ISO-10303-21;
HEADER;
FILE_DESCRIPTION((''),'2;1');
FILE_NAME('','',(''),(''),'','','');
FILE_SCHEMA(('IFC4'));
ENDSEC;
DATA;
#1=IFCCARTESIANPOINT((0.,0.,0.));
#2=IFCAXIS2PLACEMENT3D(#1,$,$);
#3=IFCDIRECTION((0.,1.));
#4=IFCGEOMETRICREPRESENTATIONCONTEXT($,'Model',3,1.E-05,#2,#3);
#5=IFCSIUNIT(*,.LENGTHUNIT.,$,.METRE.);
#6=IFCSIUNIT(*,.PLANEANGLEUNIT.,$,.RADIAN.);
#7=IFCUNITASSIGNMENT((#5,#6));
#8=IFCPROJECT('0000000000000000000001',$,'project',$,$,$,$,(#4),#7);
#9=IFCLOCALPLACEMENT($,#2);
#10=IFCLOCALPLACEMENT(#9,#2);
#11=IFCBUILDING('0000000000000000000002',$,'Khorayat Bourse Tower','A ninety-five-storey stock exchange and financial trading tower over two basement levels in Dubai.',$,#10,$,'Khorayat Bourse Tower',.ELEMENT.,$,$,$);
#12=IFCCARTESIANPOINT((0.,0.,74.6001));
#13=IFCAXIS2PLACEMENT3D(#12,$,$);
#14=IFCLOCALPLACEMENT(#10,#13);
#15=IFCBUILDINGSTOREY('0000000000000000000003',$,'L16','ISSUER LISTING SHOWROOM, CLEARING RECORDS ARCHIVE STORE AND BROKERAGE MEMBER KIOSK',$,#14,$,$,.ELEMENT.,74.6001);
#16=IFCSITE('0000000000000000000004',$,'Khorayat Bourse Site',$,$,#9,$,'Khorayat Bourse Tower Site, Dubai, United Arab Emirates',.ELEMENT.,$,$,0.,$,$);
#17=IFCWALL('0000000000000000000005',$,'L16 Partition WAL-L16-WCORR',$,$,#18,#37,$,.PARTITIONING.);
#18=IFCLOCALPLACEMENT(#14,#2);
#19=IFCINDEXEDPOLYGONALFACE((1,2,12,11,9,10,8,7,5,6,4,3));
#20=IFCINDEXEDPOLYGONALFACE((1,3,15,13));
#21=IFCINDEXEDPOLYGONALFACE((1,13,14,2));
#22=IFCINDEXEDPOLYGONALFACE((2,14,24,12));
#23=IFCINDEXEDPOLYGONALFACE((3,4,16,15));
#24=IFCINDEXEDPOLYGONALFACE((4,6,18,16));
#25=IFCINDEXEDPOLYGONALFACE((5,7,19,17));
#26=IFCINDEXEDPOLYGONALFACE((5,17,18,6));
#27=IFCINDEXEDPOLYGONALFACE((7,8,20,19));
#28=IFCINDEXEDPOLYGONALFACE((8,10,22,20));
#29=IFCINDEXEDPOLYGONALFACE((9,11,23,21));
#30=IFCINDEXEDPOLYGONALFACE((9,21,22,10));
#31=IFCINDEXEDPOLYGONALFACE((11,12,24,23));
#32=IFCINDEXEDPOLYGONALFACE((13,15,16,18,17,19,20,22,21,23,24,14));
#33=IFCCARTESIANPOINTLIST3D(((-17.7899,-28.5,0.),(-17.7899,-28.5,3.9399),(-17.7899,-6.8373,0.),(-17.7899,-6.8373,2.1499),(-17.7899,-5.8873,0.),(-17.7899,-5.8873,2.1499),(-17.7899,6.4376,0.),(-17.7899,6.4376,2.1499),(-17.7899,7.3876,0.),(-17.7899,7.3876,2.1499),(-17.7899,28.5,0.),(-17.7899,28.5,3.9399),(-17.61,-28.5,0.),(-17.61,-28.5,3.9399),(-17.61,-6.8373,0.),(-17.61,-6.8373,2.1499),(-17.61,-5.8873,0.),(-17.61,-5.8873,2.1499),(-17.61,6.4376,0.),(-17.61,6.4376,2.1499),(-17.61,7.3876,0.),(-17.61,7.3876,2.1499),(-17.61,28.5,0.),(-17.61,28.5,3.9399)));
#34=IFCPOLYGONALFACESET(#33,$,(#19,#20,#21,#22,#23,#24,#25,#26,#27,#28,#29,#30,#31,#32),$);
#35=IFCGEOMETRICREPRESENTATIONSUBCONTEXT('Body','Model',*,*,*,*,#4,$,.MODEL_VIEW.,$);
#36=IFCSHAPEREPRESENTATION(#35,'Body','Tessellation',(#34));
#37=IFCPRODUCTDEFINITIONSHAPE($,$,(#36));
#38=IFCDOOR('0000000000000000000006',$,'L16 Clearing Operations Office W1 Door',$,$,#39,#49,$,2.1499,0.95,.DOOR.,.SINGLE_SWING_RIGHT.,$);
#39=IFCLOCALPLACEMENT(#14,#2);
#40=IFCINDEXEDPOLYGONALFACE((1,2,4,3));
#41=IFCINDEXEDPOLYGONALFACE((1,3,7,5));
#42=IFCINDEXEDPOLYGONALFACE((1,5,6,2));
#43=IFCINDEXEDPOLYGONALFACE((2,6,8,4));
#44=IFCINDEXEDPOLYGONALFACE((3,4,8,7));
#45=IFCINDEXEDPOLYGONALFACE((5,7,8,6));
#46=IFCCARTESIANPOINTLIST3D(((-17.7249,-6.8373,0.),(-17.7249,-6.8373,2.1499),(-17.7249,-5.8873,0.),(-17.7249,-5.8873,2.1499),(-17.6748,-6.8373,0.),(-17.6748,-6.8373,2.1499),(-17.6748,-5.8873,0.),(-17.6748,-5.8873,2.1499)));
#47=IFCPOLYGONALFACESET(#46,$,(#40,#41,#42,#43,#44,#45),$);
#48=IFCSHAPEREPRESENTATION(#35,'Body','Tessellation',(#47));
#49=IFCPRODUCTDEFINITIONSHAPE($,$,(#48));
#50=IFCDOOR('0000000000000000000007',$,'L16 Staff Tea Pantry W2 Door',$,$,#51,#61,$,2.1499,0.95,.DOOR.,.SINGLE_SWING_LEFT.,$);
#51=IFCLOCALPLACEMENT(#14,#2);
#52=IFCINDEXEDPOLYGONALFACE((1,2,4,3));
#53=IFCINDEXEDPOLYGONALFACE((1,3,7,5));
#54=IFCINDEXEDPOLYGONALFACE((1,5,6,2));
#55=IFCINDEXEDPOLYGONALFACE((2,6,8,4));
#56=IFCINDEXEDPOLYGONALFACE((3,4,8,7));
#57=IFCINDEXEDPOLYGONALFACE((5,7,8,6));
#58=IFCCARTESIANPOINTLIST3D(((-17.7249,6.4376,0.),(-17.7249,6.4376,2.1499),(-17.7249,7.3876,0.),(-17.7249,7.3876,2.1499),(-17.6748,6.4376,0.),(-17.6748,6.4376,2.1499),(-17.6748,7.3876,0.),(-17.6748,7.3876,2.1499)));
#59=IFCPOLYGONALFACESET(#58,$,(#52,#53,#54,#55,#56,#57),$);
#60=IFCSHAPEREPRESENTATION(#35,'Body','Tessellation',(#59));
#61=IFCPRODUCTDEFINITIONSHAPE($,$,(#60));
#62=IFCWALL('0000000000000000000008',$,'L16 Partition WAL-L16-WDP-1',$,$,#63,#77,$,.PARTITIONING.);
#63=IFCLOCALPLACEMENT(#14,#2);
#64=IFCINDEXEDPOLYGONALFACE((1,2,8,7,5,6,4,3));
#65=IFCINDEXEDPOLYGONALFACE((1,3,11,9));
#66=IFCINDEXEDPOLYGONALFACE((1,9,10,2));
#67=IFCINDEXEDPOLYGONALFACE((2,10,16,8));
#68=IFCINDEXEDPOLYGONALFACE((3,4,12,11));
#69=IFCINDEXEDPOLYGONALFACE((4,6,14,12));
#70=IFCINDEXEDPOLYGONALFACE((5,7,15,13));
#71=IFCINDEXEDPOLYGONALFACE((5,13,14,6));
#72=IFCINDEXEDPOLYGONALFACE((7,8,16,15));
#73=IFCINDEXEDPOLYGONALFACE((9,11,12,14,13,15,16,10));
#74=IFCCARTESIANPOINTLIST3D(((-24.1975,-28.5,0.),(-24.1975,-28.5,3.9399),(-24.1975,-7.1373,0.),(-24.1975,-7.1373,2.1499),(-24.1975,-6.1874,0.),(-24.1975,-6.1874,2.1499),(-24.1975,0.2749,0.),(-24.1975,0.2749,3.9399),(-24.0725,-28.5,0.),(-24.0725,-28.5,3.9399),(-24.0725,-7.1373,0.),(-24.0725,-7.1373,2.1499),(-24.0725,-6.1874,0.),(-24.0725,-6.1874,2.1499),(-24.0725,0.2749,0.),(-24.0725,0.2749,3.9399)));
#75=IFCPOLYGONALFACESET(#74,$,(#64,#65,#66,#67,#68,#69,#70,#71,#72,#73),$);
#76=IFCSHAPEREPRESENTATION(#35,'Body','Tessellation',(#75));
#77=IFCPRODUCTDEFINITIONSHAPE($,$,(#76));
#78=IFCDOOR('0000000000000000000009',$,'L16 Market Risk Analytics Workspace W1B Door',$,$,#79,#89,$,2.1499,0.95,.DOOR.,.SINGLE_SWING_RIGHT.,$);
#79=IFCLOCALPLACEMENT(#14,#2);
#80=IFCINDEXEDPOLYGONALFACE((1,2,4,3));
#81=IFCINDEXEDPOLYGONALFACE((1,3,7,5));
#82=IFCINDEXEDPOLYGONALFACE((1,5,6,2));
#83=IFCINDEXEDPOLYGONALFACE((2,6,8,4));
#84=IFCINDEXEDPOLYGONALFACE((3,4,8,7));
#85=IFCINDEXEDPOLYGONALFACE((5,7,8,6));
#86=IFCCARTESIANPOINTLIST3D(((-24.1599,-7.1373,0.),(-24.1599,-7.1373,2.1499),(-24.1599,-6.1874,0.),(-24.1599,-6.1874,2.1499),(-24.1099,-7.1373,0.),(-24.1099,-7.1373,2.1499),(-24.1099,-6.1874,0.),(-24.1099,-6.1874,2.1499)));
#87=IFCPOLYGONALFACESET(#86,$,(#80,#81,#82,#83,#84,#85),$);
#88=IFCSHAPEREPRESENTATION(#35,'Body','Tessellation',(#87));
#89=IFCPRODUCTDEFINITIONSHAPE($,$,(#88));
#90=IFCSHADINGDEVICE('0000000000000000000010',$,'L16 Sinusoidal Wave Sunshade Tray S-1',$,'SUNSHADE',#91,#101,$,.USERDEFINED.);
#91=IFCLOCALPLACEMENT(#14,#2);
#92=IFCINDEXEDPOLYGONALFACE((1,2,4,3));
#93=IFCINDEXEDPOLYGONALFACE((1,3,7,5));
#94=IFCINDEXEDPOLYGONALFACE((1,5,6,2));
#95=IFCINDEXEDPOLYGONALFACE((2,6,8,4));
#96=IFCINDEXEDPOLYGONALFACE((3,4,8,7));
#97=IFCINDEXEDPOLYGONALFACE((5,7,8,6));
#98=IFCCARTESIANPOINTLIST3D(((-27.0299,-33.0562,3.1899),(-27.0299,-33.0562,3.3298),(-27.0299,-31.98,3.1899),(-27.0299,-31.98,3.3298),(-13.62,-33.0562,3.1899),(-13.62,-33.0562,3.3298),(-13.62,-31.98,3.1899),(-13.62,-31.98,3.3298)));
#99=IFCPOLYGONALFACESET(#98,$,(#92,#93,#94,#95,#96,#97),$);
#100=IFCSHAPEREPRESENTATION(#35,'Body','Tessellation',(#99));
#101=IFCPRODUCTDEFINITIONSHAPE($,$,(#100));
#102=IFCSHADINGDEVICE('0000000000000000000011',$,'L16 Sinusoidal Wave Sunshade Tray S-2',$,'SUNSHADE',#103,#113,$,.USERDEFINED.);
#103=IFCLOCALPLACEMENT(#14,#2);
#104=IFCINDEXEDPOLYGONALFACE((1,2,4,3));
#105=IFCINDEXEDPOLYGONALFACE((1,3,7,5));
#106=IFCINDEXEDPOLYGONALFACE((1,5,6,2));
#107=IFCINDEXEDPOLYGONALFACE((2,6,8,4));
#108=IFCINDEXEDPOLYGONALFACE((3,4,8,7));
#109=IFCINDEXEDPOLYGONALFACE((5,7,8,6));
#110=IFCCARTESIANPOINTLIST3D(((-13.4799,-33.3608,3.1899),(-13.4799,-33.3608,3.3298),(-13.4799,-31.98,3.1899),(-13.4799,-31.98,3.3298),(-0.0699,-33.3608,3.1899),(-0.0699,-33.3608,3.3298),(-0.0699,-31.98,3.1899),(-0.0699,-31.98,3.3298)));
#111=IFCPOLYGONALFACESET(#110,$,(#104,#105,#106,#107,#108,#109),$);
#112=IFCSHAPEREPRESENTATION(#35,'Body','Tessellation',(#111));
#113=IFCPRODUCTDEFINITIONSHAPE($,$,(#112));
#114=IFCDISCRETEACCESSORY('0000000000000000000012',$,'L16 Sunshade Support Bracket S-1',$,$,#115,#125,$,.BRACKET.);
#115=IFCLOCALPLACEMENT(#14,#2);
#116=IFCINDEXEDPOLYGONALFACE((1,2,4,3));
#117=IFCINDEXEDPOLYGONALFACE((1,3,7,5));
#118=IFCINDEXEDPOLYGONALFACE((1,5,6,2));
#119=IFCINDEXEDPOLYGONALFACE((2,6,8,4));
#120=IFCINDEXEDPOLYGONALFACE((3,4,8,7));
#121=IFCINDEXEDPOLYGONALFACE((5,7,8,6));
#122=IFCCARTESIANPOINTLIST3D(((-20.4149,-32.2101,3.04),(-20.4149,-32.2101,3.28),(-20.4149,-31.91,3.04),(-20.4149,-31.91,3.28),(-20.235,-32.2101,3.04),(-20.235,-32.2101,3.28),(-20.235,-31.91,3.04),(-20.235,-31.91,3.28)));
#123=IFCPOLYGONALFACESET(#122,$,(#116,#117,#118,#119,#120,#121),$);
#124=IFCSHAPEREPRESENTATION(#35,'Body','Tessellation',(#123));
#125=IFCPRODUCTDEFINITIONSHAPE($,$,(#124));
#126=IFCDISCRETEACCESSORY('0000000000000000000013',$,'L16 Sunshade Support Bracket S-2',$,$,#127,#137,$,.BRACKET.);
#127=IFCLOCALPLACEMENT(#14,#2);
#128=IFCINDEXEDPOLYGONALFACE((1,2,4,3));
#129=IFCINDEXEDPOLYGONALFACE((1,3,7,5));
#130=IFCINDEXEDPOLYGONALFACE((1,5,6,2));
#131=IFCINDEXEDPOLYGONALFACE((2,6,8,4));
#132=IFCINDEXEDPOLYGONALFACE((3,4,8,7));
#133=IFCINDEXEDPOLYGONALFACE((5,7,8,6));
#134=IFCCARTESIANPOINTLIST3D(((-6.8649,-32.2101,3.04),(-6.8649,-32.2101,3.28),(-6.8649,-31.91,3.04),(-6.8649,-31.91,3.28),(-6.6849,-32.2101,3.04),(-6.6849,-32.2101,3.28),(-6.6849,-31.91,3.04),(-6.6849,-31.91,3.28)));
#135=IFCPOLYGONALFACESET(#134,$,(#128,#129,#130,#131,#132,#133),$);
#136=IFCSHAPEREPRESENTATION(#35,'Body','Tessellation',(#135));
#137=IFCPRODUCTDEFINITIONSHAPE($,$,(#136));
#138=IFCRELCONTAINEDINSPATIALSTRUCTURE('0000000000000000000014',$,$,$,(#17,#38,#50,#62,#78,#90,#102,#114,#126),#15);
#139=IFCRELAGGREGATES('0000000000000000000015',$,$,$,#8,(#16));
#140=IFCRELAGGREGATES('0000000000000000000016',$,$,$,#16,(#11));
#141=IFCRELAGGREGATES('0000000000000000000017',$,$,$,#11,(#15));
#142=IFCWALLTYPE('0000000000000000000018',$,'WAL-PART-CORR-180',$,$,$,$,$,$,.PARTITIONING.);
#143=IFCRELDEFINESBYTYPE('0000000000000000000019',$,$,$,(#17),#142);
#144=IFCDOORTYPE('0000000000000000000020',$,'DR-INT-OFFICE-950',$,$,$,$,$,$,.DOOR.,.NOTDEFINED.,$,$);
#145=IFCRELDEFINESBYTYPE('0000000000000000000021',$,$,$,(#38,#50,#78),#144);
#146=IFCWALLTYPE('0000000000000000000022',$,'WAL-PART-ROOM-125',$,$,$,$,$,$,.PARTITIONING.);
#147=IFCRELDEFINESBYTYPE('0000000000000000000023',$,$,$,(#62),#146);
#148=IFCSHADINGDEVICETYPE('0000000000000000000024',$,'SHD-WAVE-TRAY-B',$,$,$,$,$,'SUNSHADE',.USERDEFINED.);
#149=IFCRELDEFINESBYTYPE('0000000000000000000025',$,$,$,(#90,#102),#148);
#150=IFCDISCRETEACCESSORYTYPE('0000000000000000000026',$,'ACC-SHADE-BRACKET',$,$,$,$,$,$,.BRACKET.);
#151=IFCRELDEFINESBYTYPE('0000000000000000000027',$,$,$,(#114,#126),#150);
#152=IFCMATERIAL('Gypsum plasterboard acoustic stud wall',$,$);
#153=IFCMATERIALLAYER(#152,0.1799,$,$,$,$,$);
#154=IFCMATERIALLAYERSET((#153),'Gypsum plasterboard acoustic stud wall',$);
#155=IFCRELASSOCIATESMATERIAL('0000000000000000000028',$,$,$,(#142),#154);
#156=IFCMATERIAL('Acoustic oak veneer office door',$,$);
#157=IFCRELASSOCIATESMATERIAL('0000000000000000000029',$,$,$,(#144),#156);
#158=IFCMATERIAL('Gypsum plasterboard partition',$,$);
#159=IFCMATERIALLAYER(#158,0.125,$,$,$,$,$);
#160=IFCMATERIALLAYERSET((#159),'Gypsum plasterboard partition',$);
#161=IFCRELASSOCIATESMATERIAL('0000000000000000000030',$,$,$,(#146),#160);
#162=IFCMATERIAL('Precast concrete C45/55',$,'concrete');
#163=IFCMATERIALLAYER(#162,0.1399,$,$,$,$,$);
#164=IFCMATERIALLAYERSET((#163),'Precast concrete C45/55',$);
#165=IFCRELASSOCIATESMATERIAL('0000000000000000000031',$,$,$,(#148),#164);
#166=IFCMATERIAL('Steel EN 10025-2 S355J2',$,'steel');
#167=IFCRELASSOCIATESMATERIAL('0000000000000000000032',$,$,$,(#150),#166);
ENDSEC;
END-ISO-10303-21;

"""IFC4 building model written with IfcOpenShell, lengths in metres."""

from ifc_helpers import new_model, si_unit, direction, frame, frame_2d, origin, origin_2d, place, context, subcontext, project, spatial, rectangle, extrude, source, transform, mapped, material, layer, layer_set, type_object, element, fill, save


model = new_model("IFC4")

# Units and contexts
model_context = context("Model", 3, precision=1e-05, world=origin(), true_north=direction((0.0, 1.0)))
body_context = subcontext(model_context, "Body", "Model", "MODEL_VIEW")
ifc_project = project(units=[si_unit("LENGTHUNIT", "METRE"), si_unit("PLANEANGLEUNIT", "RADIAN")], contexts=[model_context])

# Site, building, storey
site_placement = place(None, origin())
site = spatial("IfcSite", under=ifc_project, at=site_placement, Name="Khorayat Bourse Site", LongName="Khorayat Bourse Tower Site, Dubai, United Arab Emirates", CompositionType="ELEMENT", RefElevation=0.0)
building_placement = place(site_placement, origin())
building = spatial("IfcBuilding", under=site, at=building_placement, Name="Khorayat Bourse Tower", Description="A ninety-five-storey stock exchange and financial trading tower over two basement levels in Dubai.", LongName="Khorayat Bourse Tower", CompositionType="ELEMENT")
storey_placement = place(building_placement, frame((0.0, 0.0, 74.6001)))
storey = spatial("IfcBuildingStorey", under=building, at=storey_placement, Name="L16", Description="ISSUER LISTING SHOWROOM, CLEARING RECORDS ARCHIVE STORE AND BROKERAGE MEMBER KIOSK", CompositionType="ELEMENT", Elevation=74.6001)

# Shared definitions
ifc_material_1 = material(Name="Steel EN 10025-2 S355J2", Category="steel")

# Wall, openings, doors
ifc_material_2 = material(Name="Gypsum plasterboard acoustic stud wall")
ifc_layer_1 = layer(ifc_material_2, 0.1799)
ifc_layer_set_1 = layer_set([ifc_layer_1], Name="Gypsum plasterboard acoustic stud wall")
wall_type_1 = type_object("IfcWallType", Name="WAL-PART-CORR-180", PredefinedType="PARTITIONING", material=ifc_layer_set_1)
shared_shape_1 = source(origin(), body_context, "Body", "SweptSolid", [
    extrude(rectangle(XDim=57.0, YDim=0.1799, at=frame_2d((28.5, 0.0))), origin(), (0.0, 0.0, 1.0), 3.9399),
])
wall_1_placement = place(storey_placement, frame((-17.7, -28.5, 0.0), z_axis=(0.0, 0.0, 1.0), x_axis=(0.0, 1.0, 0.0)))
wall_1 = element("IfcWall", 1, at=wall_1_placement, inside=storey, type_object=wall_type_1, Name="L16 Partition WAL-L16-WCORR", PredefinedType="PARTITIONING", context=body_context, shape_type="MappedRepresentation", body=[
    mapped(shared_shape_1, transform((0.0, 0.0, 0.0), scale=1.0)),
])
shared_shape_2 = source(origin(), body_context, "Body", "SweptSolid", [
    extrude(rectangle(XDim=0.95, YDim=2.1499, at=frame_2d((0.4751, 1.075))), frame((0.0, 0.0999, 0.0), z_axis=(0.0, -1.0, 0.0), x_axis=(1.0, 0.0, 0.0)), (0.0, 0.0, 1.0), 0.2),
])
opening_1_placement = place(wall_1_placement, frame((21.6626, 0.0, 0.0)))
opening_1 = element("IfcOpeningElement", 2, at=opening_1_placement, cuts=wall_1, PredefinedType="OPENING", context=body_context, shape_type="MappedRepresentation", body=[
    mapped(shared_shape_2, transform((0.0, 0.0, 0.0), scale=1.0)),
])
opening_2_placement = place(wall_1_placement, frame((34.9375, 0.0, 0.0)))
opening_2 = element("IfcOpeningElement", 3, at=opening_2_placement, cuts=wall_1, PredefinedType="OPENING", context=body_context, shape_type="MappedRepresentation", body=[
    mapped(shared_shape_2, transform((0.0, 0.0, 0.0), scale=1.0)),
])
ifc_material_3 = material(Name="Acoustic oak veneer office door")
door_type = type_object("IfcDoorType", Name="DR-INT-OFFICE-950", OperationType="NOTDEFINED", PredefinedType="DOOR", material=ifc_material_3)
shared_shape_3 = source(origin(), body_context, "Body", "SweptSolid", [
    extrude(rectangle(XDim=0.95, YDim=2.1499, at=frame_2d((0.4751, 1.075))), frame((0.0, 0.0249, 0.0), z_axis=(0.0, -1.0, 0.0), x_axis=(1.0, 0.0, 0.0)), (0.0, 0.0, 1.0), 0.05),
])
door_1_placement = place(opening_1_placement, origin())
door_1 = element("IfcDoor", 4, at=door_1_placement, inside=storey, type_object=door_type, Name="L16 Clearing Operations Office W1 Door", OperationType="SINGLE_SWING_RIGHT", OverallHeight=2.1499, OverallWidth=0.95, PredefinedType="DOOR", context=body_context, shape_type="MappedRepresentation", body=[
    mapped(shared_shape_3, transform((0.0, 0.0, 0.0), scale=1.0)),
])
fill(opening_1, door_1)
door_2_placement = place(opening_2_placement, origin())
door_2 = element("IfcDoor", 5, at=door_2_placement, inside=storey, type_object=door_type, Name="L16 Staff Tea Pantry W2 Door", OperationType="SINGLE_SWING_LEFT", OverallHeight=2.1499, OverallWidth=0.95, PredefinedType="DOOR", context=body_context, shape_type="MappedRepresentation", body=[
    mapped(shared_shape_3, transform((0.0, 0.0, 0.0), scale=1.0)),
])
fill(opening_2, door_2)

# Wall, opening, door
ifc_material_4 = material(Name="Gypsum plasterboard partition")
ifc_layer_2 = layer(ifc_material_4, 0.125)
ifc_layer_set_2 = layer_set([ifc_layer_2], Name="Gypsum plasterboard partition")
wall_type_2 = type_object("IfcWallType", Name="WAL-PART-ROOM-125", PredefinedType="PARTITIONING", material=ifc_layer_set_2)
shared_shape_4 = source(origin(), body_context, "Body", "SweptSolid", [
    extrude(rectangle(XDim=28.7749, YDim=0.125, at=frame_2d((14.3875, 0.0))), origin(), (0.0, 0.0, 1.0), 3.9399),
])
wall_2_placement = place(storey_placement, frame((-24.135, -28.5, 0.0), z_axis=(0.0, 0.0, 1.0), x_axis=(0.0, 1.0, 0.0)))
wall_2 = element("IfcWall", 6, at=wall_2_placement, inside=storey, type_object=wall_type_2, Name="L16 Partition WAL-L16-WDP-1", PredefinedType="PARTITIONING", context=body_context, shape_type="MappedRepresentation", body=[
    mapped(shared_shape_4, transform((0.0, 0.0, 0.0), scale=1.0)),
])
shared_shape_5 = source(origin(), body_context, "Body", "SweptSolid", [
    extrude(rectangle(XDim=0.95, YDim=2.1499, at=frame_2d((0.4751, 1.075))), frame((0.0, 0.0725, 0.0), z_axis=(0.0, -1.0, 0.0), x_axis=(1.0, 0.0, 0.0)), (0.0, 0.0, 1.0), 0.145),
])
opening_3_placement = place(wall_2_placement, frame((21.3625, 0.0, 0.0)))
opening_3 = element("IfcOpeningElement", 7, at=opening_3_placement, cuts=wall_2, PredefinedType="OPENING", context=body_context, shape_type="MappedRepresentation", body=[
    mapped(shared_shape_5, transform((0.0, 0.0, 0.0), scale=1.0)),
])
door_3_placement = place(opening_3_placement, origin())
door_3 = element("IfcDoor", 8, at=door_3_placement, inside=storey, type_object=door_type, Name="L16 Market Risk Analytics Workspace W1B Door", OperationType="SINGLE_SWING_RIGHT", OverallHeight=2.1499, OverallWidth=0.95, PredefinedType="DOOR", context=body_context, shape_type="MappedRepresentation", body=[
    mapped(shared_shape_3, transform((0.0, 0.0, 0.0), scale=1.0)),
])
fill(opening_3, door_3)

# Shading devices
ifc_material_5 = material(Name="Precast concrete C45/55", Category="concrete")
ifc_layer_3 = layer(ifc_material_5, 0.1399)
ifc_layer_set_3 = layer_set([ifc_layer_3], Name="Precast concrete C45/55")
shading_device_type = type_object("IfcShadingDeviceType", Name="SHD-WAVE-TRAY-B", ElementType="SUNSHADE", PredefinedType="USERDEFINED", material=ifc_layer_set_3)
shared_shape_6 = source(origin(), body_context, "Body", "SweptSolid", [
    extrude(rectangle(XDim=13.4099, YDim=1.0762, at=origin_2d()), origin(), (0.0, 0.0, 1.0), 0.1399),
])
shading_device_1_placement = place(storey_placement, frame((-20.325, -32.5181, 3.1899), z_axis=(0.0, 0.0, 1.0), x_axis=(1.0, 0.0, 0.0)))
element("IfcShadingDevice", 9, at=shading_device_1_placement, inside=storey, type_object=shading_device_type, Name="L16 Sinusoidal Wave Sunshade Tray S-1", ObjectType="SUNSHADE", PredefinedType="USERDEFINED", context=body_context, shape_type="MappedRepresentation", body=[
    mapped(shared_shape_6, transform((0.0, 0.0, 0.0), scale=1.0)),
])
shared_shape_7 = source(origin(), body_context, "Body", "SweptSolid", [
    extrude(rectangle(XDim=13.4099, YDim=1.3809, at=origin_2d()), origin(), (0.0, 0.0, 1.0), 0.1399),
])
shading_device_2_placement = place(storey_placement, frame((-6.7749, -32.6704, 3.1899), z_axis=(0.0, 0.0, 1.0), x_axis=(1.0, 0.0, 0.0)))
element("IfcShadingDevice", 10, at=shading_device_2_placement, inside=storey, type_object=shading_device_type, Name="L16 Sinusoidal Wave Sunshade Tray S-2", ObjectType="SUNSHADE", PredefinedType="USERDEFINED", context=body_context, shape_type="MappedRepresentation", body=[
    mapped(shared_shape_7, transform((0.0, 0.0, 0.0), scale=1.0)),
])

# Discrete accessories
discrete_accessory_type = type_object("IfcDiscreteAccessoryType", Name="ACC-SHADE-BRACKET", PredefinedType="BRACKET", material=ifc_material_1)
shared_shape_8 = source(origin(), body_context, "Body", "SweptSolid", [
    extrude(rectangle(XDim=0.1799, YDim=0.3, at=origin_2d()), origin(), (0.0, 0.0, 1.0), 0.24),
])
for number, where, z_axis, x_axis, name in (
    (11, (-20.325, -32.0601, 3.04), (0.0, 0.0, 1.0), (1.0, 0.0, 0.0), "L16 Sunshade Support Bracket S-1"),
    (12, (-6.7749, -32.0601, 3.04), (0.0, 0.0, 1.0), (1.0, 0.0, 0.0), "L16 Sunshade Support Bracket S-2"),
):
    element("IfcDiscreteAccessory", number, at=place(storey_placement, frame(where, z_axis=z_axis, x_axis=x_axis)), inside=storey, type_object=discrete_accessory_type, Name=name, PredefinedType="BRACKET", context=body_context, shape_type="MappedRepresentation", body=[
        mapped(shared_shape_8, transform((0.0, 0.0, 0.0), scale=1.0)),
    ])

save(model, "model.ifc")
